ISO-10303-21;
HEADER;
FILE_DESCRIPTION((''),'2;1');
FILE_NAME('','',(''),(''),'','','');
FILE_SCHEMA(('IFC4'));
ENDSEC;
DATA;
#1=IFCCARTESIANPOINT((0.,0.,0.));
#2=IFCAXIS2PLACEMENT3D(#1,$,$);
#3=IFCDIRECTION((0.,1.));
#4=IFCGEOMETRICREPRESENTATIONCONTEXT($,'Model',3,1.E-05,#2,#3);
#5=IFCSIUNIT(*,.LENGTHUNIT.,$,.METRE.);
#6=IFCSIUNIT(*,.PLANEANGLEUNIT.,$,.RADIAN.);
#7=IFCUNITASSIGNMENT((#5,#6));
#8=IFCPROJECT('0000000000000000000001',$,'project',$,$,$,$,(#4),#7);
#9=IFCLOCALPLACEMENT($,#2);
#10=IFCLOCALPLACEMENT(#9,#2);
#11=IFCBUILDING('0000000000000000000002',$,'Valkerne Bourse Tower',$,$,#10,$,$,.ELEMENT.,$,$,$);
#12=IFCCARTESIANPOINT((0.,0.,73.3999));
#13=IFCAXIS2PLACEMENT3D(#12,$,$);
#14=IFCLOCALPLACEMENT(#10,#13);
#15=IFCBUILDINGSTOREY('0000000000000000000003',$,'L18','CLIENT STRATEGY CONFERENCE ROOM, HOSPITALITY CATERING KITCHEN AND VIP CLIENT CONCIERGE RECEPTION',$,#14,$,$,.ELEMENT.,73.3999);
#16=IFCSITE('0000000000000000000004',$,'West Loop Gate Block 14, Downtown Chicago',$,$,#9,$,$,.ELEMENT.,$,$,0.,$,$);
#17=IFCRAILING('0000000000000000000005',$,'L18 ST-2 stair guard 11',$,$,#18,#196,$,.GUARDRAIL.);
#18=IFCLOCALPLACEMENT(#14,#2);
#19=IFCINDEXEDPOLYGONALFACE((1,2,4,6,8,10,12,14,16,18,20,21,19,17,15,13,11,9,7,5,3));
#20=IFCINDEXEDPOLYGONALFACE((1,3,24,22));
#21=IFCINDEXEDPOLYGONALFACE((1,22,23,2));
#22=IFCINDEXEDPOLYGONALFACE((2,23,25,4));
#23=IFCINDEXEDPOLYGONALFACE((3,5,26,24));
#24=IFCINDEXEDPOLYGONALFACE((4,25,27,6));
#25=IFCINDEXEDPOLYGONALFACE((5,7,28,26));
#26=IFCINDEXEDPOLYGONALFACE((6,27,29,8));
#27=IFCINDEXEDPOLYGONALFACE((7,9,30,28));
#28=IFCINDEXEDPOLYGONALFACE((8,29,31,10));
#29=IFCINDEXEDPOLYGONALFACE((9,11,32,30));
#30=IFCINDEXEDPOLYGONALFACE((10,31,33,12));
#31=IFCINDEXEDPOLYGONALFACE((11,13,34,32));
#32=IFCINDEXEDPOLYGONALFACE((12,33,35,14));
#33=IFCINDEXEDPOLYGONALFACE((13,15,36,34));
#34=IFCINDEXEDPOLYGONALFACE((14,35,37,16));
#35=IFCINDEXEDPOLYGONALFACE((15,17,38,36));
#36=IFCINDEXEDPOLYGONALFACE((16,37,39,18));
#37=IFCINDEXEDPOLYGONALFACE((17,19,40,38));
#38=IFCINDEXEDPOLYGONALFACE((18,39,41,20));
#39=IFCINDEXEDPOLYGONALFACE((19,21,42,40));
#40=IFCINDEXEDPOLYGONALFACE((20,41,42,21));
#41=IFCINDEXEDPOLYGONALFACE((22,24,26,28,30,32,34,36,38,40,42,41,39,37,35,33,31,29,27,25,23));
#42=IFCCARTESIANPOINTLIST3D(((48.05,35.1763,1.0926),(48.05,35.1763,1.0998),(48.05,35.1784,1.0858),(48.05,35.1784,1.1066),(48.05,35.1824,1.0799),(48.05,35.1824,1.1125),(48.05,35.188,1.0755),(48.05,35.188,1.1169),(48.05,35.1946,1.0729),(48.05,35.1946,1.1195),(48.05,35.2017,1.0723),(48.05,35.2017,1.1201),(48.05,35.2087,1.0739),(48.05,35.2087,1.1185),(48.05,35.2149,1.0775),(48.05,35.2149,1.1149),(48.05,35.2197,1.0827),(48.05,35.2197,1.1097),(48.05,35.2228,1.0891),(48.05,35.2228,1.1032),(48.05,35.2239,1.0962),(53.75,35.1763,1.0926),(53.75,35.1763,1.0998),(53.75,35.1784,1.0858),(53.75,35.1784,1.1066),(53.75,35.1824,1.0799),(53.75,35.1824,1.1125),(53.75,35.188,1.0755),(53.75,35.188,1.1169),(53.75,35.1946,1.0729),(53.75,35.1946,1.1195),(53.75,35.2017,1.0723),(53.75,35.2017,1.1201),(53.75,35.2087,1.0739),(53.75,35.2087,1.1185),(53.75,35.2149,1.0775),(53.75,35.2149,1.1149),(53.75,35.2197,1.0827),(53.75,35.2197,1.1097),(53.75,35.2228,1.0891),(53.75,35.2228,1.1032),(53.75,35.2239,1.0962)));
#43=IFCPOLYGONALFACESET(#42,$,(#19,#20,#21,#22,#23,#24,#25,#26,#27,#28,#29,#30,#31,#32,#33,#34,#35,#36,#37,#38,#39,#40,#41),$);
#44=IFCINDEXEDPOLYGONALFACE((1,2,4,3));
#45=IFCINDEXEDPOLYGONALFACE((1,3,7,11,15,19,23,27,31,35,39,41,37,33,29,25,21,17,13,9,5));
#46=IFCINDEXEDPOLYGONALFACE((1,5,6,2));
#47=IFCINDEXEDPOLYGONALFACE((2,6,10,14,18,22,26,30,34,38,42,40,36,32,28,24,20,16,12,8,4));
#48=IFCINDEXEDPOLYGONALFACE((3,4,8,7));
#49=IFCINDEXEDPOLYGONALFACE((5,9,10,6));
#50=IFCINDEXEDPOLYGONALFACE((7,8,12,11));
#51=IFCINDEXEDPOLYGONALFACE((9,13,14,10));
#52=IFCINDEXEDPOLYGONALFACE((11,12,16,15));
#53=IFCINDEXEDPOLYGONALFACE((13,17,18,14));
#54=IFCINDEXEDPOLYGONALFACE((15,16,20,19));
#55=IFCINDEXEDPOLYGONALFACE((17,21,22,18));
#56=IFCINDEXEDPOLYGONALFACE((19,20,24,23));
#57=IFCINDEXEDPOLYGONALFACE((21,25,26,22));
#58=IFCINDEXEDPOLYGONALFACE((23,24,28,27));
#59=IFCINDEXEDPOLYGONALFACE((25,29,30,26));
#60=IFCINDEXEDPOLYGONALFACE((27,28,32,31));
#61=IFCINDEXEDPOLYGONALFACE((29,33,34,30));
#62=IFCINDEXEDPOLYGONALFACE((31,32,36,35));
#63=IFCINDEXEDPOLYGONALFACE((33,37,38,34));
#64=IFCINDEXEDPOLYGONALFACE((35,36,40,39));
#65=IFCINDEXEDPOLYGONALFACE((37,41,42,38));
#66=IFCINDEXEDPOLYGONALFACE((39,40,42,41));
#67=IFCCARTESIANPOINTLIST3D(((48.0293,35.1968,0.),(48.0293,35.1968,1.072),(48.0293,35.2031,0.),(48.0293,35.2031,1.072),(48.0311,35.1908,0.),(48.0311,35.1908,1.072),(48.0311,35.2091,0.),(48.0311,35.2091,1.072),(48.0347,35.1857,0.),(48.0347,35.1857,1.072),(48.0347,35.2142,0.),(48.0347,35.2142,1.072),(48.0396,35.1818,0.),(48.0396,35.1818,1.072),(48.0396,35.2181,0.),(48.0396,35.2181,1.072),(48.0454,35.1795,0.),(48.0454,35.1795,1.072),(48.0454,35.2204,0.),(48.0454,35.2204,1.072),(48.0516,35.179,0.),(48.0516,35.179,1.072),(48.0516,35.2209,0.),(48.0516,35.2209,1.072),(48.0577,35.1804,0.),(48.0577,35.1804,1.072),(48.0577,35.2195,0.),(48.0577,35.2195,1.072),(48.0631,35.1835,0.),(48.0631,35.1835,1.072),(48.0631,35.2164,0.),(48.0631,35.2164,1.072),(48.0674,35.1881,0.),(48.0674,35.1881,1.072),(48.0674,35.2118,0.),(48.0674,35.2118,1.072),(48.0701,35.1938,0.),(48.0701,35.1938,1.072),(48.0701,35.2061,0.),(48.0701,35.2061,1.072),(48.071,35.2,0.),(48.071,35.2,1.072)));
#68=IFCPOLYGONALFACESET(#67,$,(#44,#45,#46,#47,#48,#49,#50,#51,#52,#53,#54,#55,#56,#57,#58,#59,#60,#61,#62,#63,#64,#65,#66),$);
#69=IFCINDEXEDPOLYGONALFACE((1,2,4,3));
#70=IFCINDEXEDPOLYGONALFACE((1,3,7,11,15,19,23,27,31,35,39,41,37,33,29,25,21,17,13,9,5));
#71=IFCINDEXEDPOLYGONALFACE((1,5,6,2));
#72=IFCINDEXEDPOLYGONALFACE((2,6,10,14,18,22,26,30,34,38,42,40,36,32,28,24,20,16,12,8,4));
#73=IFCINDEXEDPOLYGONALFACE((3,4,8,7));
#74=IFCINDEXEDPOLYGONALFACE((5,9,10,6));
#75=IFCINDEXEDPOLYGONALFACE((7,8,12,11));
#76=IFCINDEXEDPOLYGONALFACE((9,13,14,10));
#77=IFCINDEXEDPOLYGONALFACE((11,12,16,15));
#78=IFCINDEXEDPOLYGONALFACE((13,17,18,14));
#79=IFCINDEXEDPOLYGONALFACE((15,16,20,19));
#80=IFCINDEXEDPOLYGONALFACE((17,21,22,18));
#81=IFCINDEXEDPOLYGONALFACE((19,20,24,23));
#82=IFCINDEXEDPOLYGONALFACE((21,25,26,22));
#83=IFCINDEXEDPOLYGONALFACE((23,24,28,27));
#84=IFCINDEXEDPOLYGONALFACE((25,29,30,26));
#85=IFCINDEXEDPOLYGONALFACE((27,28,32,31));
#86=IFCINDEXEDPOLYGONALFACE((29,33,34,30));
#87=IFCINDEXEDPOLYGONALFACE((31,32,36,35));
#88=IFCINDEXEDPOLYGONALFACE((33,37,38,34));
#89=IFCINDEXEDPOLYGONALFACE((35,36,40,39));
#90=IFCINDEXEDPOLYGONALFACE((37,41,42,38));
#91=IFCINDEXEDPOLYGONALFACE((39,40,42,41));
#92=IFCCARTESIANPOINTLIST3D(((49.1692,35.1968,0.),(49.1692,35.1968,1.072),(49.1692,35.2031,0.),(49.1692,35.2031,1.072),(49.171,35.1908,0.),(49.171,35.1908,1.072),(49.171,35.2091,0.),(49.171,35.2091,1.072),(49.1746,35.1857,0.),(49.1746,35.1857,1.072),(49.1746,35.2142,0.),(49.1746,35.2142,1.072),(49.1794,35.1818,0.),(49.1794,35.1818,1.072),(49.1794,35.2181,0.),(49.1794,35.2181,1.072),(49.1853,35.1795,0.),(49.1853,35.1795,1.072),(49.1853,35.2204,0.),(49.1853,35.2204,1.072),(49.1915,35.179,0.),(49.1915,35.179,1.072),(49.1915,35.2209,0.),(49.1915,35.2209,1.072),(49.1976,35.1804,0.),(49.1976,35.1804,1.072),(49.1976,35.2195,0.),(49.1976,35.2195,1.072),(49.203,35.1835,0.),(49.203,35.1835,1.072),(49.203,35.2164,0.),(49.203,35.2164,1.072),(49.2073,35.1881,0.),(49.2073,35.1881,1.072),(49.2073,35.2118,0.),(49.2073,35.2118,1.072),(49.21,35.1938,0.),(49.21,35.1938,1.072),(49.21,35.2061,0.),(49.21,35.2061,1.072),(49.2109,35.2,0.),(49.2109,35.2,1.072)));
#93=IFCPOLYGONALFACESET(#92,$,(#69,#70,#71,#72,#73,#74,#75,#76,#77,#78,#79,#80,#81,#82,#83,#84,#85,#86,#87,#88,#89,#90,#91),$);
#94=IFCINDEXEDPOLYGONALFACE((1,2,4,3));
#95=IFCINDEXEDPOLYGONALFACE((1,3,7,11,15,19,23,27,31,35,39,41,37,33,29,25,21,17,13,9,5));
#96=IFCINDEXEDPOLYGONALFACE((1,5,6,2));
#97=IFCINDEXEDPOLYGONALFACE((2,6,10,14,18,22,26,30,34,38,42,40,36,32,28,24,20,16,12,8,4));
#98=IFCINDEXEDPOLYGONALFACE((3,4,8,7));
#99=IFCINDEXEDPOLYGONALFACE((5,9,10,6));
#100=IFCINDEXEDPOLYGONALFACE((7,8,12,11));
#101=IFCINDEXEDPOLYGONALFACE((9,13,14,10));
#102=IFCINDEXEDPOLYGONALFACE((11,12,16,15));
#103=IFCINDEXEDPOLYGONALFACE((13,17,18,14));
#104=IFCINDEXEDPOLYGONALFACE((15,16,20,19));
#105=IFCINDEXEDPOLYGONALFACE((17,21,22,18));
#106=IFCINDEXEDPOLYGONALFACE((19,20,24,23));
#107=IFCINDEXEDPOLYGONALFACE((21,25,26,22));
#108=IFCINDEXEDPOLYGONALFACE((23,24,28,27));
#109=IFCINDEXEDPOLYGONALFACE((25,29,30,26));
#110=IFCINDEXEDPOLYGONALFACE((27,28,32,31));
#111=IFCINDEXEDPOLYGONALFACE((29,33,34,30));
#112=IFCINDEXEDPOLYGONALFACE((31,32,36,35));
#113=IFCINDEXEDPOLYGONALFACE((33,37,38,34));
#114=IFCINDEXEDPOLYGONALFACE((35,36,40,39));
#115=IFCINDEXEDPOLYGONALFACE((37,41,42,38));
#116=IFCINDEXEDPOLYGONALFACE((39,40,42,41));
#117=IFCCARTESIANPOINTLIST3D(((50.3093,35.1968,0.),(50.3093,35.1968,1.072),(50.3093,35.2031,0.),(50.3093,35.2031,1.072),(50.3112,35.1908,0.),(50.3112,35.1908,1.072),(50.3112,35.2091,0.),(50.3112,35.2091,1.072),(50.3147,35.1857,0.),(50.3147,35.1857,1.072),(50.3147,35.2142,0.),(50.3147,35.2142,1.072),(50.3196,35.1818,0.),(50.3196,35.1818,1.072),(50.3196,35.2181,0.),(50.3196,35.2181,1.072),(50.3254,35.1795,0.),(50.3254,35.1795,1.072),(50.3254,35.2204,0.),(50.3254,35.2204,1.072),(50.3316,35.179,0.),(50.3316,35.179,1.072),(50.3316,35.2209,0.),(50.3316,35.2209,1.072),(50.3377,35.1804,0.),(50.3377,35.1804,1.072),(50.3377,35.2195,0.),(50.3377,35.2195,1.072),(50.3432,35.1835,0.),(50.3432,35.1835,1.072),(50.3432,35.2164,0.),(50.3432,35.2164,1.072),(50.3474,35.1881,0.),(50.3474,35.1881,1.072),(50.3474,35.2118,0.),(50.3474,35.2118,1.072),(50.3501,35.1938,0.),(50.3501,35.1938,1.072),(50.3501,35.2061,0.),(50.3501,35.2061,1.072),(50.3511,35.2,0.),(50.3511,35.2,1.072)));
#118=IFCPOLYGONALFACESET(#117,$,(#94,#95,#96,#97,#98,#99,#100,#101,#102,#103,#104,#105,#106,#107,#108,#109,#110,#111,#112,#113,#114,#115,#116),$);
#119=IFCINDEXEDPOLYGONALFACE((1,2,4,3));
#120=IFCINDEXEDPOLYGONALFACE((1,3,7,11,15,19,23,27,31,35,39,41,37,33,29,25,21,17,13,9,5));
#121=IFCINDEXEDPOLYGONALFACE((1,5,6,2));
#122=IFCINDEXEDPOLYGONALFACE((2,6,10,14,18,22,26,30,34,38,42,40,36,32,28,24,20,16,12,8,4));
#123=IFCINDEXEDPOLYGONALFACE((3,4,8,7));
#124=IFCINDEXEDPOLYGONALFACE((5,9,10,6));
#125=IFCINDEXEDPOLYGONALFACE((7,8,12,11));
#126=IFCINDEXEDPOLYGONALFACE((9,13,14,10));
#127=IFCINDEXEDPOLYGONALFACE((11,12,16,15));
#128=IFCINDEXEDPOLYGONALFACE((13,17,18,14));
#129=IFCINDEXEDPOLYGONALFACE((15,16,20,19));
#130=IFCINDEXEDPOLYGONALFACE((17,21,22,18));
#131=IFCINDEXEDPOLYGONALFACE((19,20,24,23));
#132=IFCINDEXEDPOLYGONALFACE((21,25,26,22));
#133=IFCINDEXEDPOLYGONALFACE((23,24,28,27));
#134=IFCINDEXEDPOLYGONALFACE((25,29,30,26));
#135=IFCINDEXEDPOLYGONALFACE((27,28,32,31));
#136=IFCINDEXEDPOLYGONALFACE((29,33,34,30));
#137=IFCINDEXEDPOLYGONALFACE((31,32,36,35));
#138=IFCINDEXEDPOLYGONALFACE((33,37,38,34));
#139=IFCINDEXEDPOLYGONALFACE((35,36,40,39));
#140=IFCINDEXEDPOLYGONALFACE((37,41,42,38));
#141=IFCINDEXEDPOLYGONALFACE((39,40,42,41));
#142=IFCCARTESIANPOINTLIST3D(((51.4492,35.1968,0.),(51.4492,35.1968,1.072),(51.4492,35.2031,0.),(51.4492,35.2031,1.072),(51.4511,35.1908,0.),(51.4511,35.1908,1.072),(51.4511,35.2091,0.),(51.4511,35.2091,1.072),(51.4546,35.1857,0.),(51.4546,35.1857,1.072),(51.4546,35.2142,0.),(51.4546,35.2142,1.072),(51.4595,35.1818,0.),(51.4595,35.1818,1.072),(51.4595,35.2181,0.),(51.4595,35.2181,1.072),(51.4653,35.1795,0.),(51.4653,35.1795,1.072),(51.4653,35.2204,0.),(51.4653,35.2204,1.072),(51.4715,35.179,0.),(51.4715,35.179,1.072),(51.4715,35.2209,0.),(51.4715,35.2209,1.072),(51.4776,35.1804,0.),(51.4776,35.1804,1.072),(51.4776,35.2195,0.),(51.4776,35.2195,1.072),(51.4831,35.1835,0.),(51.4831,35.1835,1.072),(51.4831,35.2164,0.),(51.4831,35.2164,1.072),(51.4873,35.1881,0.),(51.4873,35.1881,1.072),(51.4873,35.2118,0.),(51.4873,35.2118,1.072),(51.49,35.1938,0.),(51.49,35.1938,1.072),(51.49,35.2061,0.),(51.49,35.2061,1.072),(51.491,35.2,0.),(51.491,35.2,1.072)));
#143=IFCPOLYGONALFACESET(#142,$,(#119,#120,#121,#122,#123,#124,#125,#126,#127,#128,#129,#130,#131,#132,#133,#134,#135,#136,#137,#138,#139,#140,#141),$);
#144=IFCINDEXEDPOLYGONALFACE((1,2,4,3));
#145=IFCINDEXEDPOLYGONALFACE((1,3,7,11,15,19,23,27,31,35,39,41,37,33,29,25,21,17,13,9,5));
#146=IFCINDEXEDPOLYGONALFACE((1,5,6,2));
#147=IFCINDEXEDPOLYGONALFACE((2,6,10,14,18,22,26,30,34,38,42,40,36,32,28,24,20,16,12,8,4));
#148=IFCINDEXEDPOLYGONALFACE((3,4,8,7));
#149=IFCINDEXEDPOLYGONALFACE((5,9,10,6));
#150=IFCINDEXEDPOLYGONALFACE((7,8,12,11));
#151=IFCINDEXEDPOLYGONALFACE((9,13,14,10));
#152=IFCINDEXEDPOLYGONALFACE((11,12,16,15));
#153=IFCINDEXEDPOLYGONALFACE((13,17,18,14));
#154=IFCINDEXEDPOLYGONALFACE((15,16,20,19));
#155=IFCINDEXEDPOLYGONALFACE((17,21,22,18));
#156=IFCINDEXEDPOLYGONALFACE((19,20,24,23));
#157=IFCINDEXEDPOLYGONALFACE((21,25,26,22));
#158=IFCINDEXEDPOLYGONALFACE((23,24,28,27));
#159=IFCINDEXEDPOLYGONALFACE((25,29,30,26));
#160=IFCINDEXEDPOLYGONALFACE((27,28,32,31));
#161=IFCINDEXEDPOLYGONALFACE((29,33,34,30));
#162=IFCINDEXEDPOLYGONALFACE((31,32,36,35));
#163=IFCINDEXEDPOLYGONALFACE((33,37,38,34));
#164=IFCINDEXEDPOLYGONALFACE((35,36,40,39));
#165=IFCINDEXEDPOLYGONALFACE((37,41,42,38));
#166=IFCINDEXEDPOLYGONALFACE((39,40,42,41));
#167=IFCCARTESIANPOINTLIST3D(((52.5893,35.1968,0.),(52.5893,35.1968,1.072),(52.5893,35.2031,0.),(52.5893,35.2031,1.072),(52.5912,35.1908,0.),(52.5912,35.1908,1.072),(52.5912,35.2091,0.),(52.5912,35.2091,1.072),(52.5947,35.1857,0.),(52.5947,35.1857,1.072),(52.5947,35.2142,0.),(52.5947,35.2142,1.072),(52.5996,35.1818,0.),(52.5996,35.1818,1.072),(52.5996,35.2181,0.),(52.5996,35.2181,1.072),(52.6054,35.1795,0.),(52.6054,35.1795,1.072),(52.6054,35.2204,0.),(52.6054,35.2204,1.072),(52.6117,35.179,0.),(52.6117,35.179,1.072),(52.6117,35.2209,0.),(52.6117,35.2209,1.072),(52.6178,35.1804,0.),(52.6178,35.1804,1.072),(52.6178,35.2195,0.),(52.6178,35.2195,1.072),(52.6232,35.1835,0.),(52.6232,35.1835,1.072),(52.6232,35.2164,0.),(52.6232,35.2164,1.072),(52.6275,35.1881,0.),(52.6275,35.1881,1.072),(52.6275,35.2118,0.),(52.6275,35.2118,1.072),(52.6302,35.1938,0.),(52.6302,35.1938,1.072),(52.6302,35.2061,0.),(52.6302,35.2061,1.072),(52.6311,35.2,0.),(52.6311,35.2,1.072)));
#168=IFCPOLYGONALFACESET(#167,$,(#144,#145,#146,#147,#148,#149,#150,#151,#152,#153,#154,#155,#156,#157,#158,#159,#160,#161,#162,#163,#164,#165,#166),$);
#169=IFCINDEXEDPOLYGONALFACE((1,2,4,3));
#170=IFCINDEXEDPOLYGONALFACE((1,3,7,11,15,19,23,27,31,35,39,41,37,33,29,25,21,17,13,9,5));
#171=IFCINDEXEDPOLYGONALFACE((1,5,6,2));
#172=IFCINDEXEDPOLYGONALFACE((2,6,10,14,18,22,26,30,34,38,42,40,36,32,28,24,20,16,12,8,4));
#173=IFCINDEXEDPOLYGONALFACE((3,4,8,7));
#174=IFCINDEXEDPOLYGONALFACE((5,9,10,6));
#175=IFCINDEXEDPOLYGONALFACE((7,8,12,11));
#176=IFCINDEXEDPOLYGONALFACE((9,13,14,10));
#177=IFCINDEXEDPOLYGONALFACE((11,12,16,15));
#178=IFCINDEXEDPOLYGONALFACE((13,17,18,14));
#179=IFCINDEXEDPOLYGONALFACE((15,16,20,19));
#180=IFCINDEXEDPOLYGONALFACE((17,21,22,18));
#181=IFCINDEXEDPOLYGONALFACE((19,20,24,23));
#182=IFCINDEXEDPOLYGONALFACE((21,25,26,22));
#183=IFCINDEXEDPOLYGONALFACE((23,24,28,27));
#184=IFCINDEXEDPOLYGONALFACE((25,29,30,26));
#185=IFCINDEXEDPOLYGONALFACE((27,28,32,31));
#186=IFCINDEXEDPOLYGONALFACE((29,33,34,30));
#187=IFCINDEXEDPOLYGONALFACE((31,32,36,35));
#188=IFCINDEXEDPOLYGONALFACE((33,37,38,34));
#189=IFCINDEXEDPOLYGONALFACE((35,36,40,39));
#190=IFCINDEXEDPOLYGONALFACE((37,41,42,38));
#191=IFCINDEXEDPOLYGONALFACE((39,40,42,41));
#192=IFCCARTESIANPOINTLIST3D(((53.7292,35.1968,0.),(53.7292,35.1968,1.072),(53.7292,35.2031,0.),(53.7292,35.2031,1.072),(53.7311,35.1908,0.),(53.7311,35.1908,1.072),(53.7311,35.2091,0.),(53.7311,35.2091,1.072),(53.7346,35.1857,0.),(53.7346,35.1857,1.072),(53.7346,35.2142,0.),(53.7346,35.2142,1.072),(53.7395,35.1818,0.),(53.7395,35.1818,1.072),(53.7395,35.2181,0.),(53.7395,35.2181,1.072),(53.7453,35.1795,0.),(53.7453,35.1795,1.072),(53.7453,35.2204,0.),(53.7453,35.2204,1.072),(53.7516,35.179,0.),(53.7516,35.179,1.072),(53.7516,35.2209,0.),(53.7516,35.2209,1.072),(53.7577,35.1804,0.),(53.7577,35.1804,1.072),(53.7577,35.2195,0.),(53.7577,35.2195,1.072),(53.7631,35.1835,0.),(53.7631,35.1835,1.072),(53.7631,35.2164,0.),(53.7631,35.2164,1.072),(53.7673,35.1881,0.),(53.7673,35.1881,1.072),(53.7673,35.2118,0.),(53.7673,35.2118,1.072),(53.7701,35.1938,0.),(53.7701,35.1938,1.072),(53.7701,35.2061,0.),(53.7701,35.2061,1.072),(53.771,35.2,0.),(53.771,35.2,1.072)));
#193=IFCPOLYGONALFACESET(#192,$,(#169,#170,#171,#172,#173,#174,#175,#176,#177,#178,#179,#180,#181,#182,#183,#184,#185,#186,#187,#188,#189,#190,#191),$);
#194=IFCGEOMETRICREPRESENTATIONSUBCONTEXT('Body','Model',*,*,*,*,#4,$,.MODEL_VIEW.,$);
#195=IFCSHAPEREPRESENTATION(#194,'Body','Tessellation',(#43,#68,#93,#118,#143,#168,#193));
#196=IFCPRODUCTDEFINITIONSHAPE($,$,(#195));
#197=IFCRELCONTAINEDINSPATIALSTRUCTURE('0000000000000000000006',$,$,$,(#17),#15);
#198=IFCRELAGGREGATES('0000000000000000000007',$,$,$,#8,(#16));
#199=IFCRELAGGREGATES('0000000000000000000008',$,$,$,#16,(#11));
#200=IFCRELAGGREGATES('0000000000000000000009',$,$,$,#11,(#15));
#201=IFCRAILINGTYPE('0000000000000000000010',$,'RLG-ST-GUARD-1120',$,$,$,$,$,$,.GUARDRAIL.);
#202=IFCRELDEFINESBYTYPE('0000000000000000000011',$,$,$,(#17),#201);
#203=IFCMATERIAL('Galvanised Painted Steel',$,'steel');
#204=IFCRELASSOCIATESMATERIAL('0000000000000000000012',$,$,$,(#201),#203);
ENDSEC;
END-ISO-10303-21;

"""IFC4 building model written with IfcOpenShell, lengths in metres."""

from ifc_helpers import new_model, si_unit, direction, frame, origin, origin_2d, place, context, subcontext, project, spatial, circle, extrude, material, type_object, element, save


model = new_model("IFC4")

# Units and contexts
model_context = context("Model", 3, precision=1e-05, world=origin(), true_north=direction((0.0, 1.0)))
body_context = subcontext(model_context, "Body", "Model", "MODEL_VIEW")
ifc_project = project(units=[si_unit("LENGTHUNIT", "METRE"), si_unit("PLANEANGLEUNIT", "RADIAN")], contexts=[model_context])

# Site, building, storey
site_placement = place(None, origin())
site = spatial("IfcSite", under=ifc_project, at=site_placement, Name="West Loop Gate Block 14, Downtown Chicago", CompositionType="ELEMENT", RefElevation=0.0)
building_placement = place(site_placement, origin())
building = spatial("IfcBuilding", under=site, at=building_placement, Name="Valkerne Bourse Tower", CompositionType="ELEMENT")
storey_placement = place(building_placement, frame((0.0, 0.0, 73.3999)))
storey = spatial("IfcBuildingStorey", under=building, at=storey_placement, Name="L18", Description="CLIENT STRATEGY CONFERENCE ROOM, HOSPITALITY CATERING KITCHEN AND VIP CLIENT CONCIERGE RECEPTION", CompositionType="ELEMENT", Elevation=73.3999)

# Shared definitions
ifc_material_1 = material(Name="Galvanised Painted Steel", Category="steel")

# Railing
railing_type_1 = type_object("IfcRailingType", Name="RLG-ST-GUARD-1120", PredefinedType="GUARDRAIL", material=ifc_material_1)
for number, where, name in (
    (1, (48.05, 35.2, 0.0), "L18 ST-2 stair guard 11"),
):
    element("IfcRailing", number, at=place(storey_placement, frame(where)), inside=storey, type_object=railing_type_1, Name=name, PredefinedType="GUARDRAIL", context=body_context, shape_type="SweptSolid", body=[
        extrude(circle(Radius=0.0239, at=origin_2d()), frame((0.0, 0.0, 1.0962), z_axis=(1.0, 0.0, 0.0), x_axis=(0.0, 1.0, 0.0)), (0.0, 0.0, 1.0), 5.7),
        extrude(circle(Radius=0.021, at=origin_2d()), origin(), (0.0, 0.0, 1.0), 1.072),
        extrude(circle(Radius=0.021, at=origin_2d()), frame((1.1399, 0.0, 0.0)), (0.0, 0.0, 1.0), 1.072),
        extrude(circle(Radius=0.021, at=origin_2d()), frame((2.28, 0.0, 0.0)), (0.0, 0.0, 1.0), 1.072),
        extrude(circle(Radius=0.021, at=origin_2d()), frame((3.4199, 0.0, 0.0)), (0.0, 0.0, 1.0), 1.072),
        extrude(circle(Radius=0.021, at=origin_2d()), frame((4.5601, 0.0, 0.0)), (0.0, 0.0, 1.0), 1.072),
        extrude(circle(Radius=0.021, at=origin_2d()), frame((5.7, 0.0, 0.0)), (0.0, 0.0, 1.0), 1.072),
    ])

save(model, "model.ifc")
